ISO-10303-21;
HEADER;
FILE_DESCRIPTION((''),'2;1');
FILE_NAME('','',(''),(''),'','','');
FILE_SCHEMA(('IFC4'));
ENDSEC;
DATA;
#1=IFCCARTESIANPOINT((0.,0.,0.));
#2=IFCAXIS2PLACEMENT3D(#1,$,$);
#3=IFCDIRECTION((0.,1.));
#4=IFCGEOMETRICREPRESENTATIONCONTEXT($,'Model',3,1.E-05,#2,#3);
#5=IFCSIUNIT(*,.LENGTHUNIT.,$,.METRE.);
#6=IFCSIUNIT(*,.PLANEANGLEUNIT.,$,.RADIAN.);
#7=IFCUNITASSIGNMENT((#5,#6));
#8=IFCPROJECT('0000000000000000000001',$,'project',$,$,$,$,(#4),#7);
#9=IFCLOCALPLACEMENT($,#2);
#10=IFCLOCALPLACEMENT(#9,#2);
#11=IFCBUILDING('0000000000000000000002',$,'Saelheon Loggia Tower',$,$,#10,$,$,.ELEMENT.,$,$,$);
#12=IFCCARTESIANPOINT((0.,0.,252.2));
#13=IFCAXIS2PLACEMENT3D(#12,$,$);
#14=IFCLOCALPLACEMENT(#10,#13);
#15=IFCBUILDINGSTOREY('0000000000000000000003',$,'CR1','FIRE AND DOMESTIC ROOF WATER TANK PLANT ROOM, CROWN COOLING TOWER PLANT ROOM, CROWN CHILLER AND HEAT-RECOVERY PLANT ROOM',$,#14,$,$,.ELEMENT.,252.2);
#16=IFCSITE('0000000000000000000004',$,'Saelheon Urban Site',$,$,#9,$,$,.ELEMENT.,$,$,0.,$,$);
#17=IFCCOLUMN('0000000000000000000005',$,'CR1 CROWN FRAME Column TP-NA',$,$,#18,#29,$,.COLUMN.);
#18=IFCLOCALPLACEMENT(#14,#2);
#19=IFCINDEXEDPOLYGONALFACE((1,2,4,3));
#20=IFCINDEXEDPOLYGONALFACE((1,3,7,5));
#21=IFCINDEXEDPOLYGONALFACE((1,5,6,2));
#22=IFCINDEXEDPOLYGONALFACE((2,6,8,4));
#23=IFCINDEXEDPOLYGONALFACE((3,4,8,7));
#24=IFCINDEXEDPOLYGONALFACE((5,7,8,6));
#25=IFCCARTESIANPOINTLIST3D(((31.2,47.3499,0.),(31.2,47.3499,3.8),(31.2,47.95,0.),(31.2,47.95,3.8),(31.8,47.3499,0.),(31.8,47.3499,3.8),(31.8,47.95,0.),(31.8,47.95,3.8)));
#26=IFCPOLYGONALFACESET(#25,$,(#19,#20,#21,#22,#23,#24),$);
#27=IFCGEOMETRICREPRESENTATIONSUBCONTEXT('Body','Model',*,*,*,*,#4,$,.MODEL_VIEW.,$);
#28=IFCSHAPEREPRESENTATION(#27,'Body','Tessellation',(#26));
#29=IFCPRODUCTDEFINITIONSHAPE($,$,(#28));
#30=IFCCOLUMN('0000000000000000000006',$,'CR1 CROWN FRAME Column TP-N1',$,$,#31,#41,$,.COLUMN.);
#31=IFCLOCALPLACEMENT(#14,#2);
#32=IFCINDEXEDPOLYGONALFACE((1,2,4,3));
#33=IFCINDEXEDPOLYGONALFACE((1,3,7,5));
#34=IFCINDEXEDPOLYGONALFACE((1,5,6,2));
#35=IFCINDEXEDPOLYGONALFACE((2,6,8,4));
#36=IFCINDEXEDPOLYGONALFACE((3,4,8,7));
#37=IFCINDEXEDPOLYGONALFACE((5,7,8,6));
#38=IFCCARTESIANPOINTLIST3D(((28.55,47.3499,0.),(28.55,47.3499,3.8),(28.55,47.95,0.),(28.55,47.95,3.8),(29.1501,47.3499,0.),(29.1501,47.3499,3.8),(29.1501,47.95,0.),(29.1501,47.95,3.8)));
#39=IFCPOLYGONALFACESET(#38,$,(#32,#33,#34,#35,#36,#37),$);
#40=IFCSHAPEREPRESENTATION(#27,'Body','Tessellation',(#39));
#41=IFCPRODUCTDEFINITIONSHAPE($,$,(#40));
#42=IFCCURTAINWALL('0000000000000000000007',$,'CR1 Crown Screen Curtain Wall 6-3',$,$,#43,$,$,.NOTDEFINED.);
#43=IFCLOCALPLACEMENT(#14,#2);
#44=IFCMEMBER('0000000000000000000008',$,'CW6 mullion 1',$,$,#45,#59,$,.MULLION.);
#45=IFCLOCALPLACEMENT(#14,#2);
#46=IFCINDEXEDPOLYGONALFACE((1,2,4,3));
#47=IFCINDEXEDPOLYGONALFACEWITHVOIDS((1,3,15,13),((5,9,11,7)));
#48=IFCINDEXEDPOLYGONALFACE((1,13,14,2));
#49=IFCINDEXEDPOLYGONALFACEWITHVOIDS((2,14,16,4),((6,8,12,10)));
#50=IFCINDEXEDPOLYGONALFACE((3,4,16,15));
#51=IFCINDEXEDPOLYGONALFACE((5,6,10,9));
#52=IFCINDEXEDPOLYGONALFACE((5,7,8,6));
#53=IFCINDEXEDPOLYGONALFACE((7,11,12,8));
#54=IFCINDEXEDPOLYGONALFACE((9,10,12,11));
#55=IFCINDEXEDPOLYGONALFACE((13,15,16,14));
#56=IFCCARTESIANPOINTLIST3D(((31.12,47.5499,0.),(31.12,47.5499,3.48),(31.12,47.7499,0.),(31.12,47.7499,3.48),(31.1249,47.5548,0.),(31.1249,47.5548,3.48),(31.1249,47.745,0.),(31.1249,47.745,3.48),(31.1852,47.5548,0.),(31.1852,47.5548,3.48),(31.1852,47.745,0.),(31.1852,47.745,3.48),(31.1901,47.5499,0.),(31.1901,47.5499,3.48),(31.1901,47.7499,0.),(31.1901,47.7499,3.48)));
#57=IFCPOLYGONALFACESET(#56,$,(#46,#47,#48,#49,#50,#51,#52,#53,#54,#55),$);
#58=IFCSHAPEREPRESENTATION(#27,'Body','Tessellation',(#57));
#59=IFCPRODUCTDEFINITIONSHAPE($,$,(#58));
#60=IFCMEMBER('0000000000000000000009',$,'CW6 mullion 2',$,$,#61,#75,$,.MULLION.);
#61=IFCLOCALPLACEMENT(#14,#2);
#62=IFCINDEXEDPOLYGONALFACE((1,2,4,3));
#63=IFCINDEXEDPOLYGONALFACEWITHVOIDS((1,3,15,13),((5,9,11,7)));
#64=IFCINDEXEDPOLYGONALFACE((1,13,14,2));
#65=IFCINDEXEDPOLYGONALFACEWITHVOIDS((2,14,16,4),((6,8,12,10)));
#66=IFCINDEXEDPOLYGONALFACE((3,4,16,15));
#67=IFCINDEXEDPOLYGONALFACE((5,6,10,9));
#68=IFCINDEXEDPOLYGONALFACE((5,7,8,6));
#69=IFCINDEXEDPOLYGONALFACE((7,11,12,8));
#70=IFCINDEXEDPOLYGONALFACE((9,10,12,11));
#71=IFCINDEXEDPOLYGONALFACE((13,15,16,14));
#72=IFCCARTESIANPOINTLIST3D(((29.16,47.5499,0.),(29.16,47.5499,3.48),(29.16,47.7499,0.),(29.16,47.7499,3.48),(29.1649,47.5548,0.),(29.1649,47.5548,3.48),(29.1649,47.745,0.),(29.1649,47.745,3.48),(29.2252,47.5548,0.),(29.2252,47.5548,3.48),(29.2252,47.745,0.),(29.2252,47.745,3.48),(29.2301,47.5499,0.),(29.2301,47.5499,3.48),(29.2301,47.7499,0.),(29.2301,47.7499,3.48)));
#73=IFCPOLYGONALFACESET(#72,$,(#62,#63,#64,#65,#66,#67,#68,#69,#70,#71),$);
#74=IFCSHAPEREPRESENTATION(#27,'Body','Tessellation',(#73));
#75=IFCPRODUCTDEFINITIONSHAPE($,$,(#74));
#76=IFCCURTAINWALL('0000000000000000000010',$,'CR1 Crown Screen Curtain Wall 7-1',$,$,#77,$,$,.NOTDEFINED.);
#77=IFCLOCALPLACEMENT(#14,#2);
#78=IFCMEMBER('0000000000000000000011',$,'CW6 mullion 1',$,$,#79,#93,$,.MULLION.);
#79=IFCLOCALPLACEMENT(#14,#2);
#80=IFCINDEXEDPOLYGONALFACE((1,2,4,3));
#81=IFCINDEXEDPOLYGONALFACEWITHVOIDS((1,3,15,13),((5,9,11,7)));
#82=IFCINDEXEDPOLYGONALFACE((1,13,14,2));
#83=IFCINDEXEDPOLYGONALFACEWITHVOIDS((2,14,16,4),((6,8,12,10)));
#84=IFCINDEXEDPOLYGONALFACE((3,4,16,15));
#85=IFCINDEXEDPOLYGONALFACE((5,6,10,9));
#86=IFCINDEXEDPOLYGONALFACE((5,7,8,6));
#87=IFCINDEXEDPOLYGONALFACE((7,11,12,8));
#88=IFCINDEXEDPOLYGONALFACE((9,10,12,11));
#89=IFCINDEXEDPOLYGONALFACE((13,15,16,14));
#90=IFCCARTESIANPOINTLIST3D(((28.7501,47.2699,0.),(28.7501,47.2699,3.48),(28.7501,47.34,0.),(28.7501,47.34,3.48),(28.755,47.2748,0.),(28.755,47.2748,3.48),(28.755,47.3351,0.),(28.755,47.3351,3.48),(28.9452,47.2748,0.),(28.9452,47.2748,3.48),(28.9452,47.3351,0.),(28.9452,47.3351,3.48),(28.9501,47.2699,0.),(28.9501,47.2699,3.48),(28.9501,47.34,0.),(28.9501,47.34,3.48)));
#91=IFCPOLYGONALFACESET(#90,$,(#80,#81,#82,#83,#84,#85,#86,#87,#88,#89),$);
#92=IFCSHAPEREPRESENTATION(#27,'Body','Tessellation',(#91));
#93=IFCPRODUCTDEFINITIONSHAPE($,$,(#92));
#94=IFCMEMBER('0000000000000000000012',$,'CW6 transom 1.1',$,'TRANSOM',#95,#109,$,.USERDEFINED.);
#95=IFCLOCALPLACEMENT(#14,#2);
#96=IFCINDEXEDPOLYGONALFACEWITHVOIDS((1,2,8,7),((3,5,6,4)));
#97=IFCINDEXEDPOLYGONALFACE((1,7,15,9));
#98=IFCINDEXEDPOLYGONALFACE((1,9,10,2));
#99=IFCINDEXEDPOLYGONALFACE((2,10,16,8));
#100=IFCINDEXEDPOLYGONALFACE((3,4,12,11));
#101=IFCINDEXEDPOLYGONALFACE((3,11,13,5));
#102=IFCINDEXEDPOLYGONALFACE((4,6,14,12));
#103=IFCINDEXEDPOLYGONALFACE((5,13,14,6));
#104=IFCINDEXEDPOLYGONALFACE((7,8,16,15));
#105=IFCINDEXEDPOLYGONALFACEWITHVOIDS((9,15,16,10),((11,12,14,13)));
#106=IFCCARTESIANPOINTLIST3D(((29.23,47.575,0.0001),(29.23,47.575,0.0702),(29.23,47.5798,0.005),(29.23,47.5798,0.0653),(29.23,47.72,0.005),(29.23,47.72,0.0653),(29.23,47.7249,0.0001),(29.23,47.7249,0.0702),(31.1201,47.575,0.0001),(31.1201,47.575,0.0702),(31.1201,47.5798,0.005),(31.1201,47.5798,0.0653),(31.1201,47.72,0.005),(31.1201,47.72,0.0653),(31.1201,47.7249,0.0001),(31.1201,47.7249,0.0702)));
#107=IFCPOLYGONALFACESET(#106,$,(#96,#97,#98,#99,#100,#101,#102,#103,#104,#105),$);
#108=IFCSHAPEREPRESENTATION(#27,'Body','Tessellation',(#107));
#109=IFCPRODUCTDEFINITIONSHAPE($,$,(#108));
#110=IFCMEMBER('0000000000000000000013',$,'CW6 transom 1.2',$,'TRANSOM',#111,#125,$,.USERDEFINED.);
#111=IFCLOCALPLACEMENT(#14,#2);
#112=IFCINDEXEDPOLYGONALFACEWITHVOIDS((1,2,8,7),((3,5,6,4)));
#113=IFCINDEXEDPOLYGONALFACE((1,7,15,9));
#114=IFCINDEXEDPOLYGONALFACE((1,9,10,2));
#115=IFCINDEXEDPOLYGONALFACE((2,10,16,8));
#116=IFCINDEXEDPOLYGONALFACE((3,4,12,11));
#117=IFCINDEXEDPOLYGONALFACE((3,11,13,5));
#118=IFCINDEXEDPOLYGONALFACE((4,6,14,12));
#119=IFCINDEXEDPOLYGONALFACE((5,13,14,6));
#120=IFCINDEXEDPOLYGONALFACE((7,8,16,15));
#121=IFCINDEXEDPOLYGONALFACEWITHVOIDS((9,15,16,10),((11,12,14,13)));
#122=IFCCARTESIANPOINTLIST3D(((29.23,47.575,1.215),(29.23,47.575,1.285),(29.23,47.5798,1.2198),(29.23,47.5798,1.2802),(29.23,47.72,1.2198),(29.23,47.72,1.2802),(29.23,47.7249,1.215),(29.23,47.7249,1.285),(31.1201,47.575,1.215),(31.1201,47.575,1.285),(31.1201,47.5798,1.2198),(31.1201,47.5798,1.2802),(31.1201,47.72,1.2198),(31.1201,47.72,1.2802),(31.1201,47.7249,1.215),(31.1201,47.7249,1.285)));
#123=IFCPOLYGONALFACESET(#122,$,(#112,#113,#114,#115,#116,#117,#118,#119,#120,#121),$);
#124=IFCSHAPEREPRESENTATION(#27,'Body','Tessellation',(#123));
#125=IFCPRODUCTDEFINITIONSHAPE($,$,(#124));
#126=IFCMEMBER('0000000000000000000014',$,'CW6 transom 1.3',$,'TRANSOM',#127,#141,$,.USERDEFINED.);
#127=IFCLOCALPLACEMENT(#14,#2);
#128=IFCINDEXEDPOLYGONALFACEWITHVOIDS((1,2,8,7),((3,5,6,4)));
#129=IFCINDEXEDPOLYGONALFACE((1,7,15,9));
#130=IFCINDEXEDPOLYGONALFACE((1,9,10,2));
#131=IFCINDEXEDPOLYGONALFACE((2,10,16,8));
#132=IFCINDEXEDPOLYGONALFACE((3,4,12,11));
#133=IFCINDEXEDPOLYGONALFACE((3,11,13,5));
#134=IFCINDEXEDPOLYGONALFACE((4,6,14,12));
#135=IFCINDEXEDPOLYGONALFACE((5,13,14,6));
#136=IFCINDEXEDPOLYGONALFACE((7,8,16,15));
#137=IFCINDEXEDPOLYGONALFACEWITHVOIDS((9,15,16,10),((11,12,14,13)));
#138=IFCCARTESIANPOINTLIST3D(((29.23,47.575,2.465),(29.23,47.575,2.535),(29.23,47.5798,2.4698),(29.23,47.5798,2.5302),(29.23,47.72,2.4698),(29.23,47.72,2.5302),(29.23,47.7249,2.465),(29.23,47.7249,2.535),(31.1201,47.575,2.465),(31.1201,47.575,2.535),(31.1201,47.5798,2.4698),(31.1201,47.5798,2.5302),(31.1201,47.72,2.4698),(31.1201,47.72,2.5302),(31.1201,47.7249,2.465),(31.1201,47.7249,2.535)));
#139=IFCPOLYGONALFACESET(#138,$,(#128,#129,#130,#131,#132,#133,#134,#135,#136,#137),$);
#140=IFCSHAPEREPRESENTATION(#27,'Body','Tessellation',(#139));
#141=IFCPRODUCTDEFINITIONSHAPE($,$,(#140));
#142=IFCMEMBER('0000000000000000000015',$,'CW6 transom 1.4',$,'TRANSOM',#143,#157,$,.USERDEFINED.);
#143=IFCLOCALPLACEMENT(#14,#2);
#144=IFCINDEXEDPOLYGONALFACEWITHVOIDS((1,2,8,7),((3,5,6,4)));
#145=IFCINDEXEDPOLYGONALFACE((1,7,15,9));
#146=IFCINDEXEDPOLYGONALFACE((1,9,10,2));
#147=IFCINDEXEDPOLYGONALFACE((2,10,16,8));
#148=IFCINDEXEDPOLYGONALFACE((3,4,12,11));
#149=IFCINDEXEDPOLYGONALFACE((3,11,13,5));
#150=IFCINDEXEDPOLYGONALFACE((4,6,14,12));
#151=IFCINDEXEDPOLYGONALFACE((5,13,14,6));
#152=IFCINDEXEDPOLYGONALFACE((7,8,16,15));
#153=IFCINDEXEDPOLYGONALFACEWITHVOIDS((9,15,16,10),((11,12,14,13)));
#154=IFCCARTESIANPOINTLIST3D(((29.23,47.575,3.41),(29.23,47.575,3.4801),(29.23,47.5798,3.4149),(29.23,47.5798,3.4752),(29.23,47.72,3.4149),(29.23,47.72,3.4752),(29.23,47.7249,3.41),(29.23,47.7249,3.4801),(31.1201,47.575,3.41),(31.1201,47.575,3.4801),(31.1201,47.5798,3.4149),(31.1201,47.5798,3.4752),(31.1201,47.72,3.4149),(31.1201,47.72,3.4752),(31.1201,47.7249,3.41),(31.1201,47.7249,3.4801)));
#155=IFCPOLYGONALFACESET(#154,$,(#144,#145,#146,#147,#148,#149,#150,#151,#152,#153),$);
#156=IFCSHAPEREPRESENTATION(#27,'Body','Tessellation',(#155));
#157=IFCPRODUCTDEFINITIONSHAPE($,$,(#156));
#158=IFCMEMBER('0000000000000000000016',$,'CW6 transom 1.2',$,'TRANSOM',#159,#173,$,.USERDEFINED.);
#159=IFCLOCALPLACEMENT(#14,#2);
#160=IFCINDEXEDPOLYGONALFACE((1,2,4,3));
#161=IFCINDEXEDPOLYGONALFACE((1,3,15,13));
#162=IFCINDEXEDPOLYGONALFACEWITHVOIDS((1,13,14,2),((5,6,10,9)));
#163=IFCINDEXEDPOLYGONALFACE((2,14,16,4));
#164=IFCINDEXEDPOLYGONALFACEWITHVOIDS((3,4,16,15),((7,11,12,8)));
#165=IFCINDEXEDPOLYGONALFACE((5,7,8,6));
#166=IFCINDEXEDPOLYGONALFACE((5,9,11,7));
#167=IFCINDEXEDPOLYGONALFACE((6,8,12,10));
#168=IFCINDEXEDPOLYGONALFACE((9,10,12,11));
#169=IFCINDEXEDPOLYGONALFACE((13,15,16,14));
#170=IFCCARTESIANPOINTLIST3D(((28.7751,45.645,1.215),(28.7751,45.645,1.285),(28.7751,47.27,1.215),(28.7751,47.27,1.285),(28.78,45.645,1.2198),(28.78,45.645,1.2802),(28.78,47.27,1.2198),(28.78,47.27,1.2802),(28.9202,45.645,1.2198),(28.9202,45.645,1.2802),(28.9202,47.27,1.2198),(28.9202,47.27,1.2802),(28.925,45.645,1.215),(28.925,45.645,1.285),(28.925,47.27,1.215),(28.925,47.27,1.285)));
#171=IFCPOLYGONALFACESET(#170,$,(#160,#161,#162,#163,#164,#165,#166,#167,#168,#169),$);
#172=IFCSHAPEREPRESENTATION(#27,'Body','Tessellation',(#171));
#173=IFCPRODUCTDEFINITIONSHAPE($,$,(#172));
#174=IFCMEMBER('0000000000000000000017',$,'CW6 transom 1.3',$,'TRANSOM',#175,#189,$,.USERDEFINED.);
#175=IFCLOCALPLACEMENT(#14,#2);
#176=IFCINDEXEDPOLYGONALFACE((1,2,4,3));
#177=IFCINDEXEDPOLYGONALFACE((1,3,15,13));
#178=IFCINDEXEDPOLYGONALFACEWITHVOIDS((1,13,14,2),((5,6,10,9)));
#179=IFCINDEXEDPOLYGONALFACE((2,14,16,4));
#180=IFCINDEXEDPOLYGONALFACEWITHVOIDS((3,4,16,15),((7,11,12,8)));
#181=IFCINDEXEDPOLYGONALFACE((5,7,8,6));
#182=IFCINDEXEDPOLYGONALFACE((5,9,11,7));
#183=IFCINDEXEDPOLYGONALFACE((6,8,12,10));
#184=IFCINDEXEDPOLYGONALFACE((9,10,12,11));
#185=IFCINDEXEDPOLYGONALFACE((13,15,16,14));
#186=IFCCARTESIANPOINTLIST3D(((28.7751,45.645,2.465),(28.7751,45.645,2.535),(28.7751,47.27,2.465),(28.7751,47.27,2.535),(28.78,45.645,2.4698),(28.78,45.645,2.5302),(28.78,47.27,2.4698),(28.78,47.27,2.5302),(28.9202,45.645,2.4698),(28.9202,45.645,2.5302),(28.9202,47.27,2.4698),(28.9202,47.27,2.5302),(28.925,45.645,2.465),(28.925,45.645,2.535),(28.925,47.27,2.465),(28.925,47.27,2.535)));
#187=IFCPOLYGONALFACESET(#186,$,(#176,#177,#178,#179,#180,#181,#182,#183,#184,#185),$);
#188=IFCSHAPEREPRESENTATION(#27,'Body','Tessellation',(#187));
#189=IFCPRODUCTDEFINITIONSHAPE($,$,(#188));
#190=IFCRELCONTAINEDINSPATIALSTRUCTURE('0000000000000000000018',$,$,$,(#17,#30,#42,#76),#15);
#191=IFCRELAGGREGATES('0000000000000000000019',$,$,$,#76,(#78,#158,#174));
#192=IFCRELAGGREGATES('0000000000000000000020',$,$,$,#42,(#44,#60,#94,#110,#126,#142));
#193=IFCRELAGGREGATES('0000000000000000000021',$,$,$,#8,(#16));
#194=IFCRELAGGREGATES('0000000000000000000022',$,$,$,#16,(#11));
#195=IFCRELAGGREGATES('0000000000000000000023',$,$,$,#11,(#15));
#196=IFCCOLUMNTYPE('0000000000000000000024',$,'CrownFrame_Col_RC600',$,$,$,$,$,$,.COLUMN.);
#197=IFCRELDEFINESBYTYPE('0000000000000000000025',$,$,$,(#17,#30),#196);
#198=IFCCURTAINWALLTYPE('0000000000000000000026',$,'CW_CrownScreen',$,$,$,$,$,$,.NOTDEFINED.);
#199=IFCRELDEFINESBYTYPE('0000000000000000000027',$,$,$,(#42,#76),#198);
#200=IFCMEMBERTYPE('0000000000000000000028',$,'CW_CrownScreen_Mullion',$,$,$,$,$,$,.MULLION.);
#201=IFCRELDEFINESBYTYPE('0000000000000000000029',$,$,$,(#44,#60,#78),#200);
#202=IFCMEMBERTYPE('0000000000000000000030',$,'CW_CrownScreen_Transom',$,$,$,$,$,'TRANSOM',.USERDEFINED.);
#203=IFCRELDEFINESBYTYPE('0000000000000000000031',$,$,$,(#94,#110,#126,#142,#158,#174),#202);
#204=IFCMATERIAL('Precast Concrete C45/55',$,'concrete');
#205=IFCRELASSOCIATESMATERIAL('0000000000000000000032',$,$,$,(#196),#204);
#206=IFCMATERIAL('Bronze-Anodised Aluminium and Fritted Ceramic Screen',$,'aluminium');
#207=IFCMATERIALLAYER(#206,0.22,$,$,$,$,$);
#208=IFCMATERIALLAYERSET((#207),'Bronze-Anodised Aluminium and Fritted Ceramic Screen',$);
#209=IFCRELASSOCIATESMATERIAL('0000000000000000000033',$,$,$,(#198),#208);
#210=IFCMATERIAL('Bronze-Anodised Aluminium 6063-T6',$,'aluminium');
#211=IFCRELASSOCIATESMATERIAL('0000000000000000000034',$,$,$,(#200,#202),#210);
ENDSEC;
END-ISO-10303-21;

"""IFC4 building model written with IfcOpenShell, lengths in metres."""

from ifc_helpers import new_model, si_unit, direction, frame, origin, origin_2d, place, context, subcontext, project, spatial, rectangle, hollow_rectangle, extrude, source, transform, mapped, material, layer, layer_set, material_profile, profile_set, type_object, element, aggregate, save


model = new_model("IFC4")

# Units and contexts
model_context = context("Model", 3, precision=1e-05, world=origin(), true_north=direction((0.0, 1.0)))
body_context = subcontext(model_context, "Body", "Model", "MODEL_VIEW")
ifc_project = project(units=[si_unit("LENGTHUNIT", "METRE"), si_unit("PLANEANGLEUNIT", "RADIAN")], contexts=[model_context])

# Site, building, storey
site_placement = place(None, origin())
site = spatial("IfcSite", under=ifc_project, at=site_placement, Name="Saelheon Urban Site", CompositionType="ELEMENT", RefElevation=0.0)
building_placement = place(site_placement, origin())
building = spatial("IfcBuilding", under=site, at=building_placement, Name="Saelheon Loggia Tower", CompositionType="ELEMENT")
storey_placement = place(building_placement, frame((0.0, 0.0, 252.2)))
storey = spatial("IfcBuildingStorey", under=building, at=storey_placement, Name="CR1", Description="FIRE AND DOMESTIC ROOF WATER TANK PLANT ROOM, CROWN COOLING TOWER PLANT ROOM, CROWN CHILLER AND HEAT-RECOVERY PLANT ROOM", CompositionType="ELEMENT", Elevation=252.2)

# Columns
ifc_material_1 = material(Name="Precast Concrete C45/55", Category="concrete")
ifc_material_profile_1 = material_profile(ifc_material_1, rectangle(XDim=0.6001, YDim=0.6001, at=origin_2d()), Name="RC-600x600")
ifc_profile_set_1 = profile_set([ifc_material_profile_1], Name="Precast Concrete C45/55")
column_type = type_object("IfcColumnType", Name="CrownFrame_Col_RC600", PredefinedType="COLUMN", material=ifc_profile_set_1)
shared_shape_1 = source(origin(), body_context, "Body", "SweptSolid", [
    extrude(rectangle(XDim=0.6001, YDim=0.6001, at=origin_2d()), origin(), (0.0, 0.0, 1.0), 3.8),
])
for number, where, z_axis, x_axis, name in (
    (1, (31.5, 47.6499, 0.0), (0.0, 0.0, 1.0), (1.0, 0.0, 0.0), "CR1 CROWN FRAME Column TP-NA"),
    (2, (28.8501, 47.6499, 0.0), (0.0, 0.0, 1.0), (1.0, 0.0, 0.0), "CR1 CROWN FRAME Column TP-N1"),
):
    element("IfcColumn", number, at=place(storey_placement, frame(where, z_axis=z_axis, x_axis=x_axis)), inside=storey, type_object=column_type, Name=name, PredefinedType="COLUMN", context=body_context, shape_type="MappedRepresentation", body=[
        mapped(shared_shape_1, transform((0.0, 0.0, 0.0), scale=1.0)),
    ])

# Curtain wall, members
ifc_material_2 = material(Name="Bronze-Anodised Aluminium and Fritted Ceramic Screen", Category="aluminium")
ifc_layer_1 = layer(ifc_material_2, 0.22)
ifc_layer_set_1 = layer_set([ifc_layer_1], Name="Bronze-Anodised Aluminium and Fritted Ceramic Screen")
curtain_wall_type = type_object("IfcCurtainWallType", Name="CW_CrownScreen", PredefinedType="NOTDEFINED", material=ifc_layer_set_1)
curtain_wall_1_placement = place(storey_placement, origin())
curtain_wall_1 = element("IfcCurtainWall", 3, at=curtain_wall_1_placement, inside=storey, type_object=curtain_wall_type, Name="CR1 Crown Screen Curtain Wall 6-3", PredefinedType="NOTDEFINED")
ifc_material_3 = material(Name="Bronze-Anodised Aluminium 6063-T6", Category="aluminium")
ifc_material_profile_2 = material_profile(ifc_material_3, hollow_rectangle(XDim=0.0701, YDim=0.2, WallThickness=0.0049, at=origin_2d()), Name="RHS-200x70x5")
ifc_profile_set_2 = profile_set([ifc_material_profile_2], Name="Bronze-Anodised Aluminium 6063-T6")
member_type_1 = type_object("IfcMemberType", Name="CW_CrownScreen_Mullion", PredefinedType="MULLION", material=ifc_profile_set_2)
shared_shape_2 = source(origin(), body_context, "Body", "SweptSolid", [
    extrude(hollow_rectangle(XDim=0.0701, YDim=0.2, WallThickness=0.0049, at=origin_2d()), origin(), (0.0, 0.0, 1.0), 3.48),
])
member_1_placement = place(storey_placement, frame((31.155, 47.6499, 0.0), z_axis=(0.0, 0.0, 1.0), x_axis=(-1.0, 0.0, 0.0)))
member_1 = element("IfcMember", 4, at=member_1_placement, type_object=member_type_1, Name="CW6 mullion 1", PredefinedType="MULLION", context=body_context, shape_type="MappedRepresentation", body=[
    mapped(shared_shape_2, transform((0.0, 0.0, 0.0), scale=1.0)),
])
member_2_placement = place(storey_placement, frame((29.1951, 47.6499, 0.0), z_axis=(0.0, 0.0, 1.0), x_axis=(-1.0, 0.0, 0.0)))
member_2 = element("IfcMember", 5, at=member_2_placement, type_object=member_type_1, Name="CW6 mullion 2", PredefinedType="MULLION", context=body_context, shape_type="MappedRepresentation", body=[
    mapped(shared_shape_2, transform((0.0, 0.0, 0.0), scale=1.0)),
])

# Curtain wall, member
curtain_wall_2_placement = place(storey_placement, origin())
curtain_wall_2 = element("IfcCurtainWall", 6, at=curtain_wall_2_placement, inside=storey, type_object=curtain_wall_type, Name="CR1 Crown Screen Curtain Wall 7-1", PredefinedType="NOTDEFINED")
member_3_placement = place(storey_placement, frame((28.8501, 47.3049, 0.0), z_axis=(0.0, 0.0, 1.0), x_axis=(0.0, -1.0, 0.0)))
member_3 = element("IfcMember", 7, at=member_3_placement, type_object=member_type_1, Name="CW6 mullion 1", PredefinedType="MULLION", context=body_context, shape_type="MappedRepresentation", body=[
    mapped(shared_shape_2, transform((0.0, 0.0, 0.0), scale=1.0)),
])

# Members
ifc_material_profile_3 = material_profile(ifc_material_3, hollow_rectangle(XDim=0.0701, YDim=0.1499, WallThickness=0.0049, at=origin_2d()), Name="RHS-150x70x5")
ifc_profile_set_3 = profile_set([ifc_material_profile_3], Name="Bronze-Anodised Aluminium 6063-T6")
member_type_2 = type_object("IfcMemberType", Name="CW_CrownScreen_Transom", ElementType="TRANSOM", PredefinedType="USERDEFINED", material=ifc_profile_set_3)
shared_shape_3 = source(origin(), body_context, "Body", "SweptSolid", [
    extrude(hollow_rectangle(XDim=0.0701, YDim=0.1499, WallThickness=0.0049, at=origin_2d()), origin(), (0.0, 0.0, 1.0), 1.8901),
])
member_4_placement = place(storey_placement, frame((31.1201, 47.6499, 0.0352), z_axis=(-1.0, 0.0, 0.0), x_axis=(0.0, 0.0, 1.0)))
member_4 = element("IfcMember", 8, at=member_4_placement, type_object=member_type_2, Name="CW6 transom 1.1", ObjectType="TRANSOM", PredefinedType="USERDEFINED", context=body_context, shape_type="MappedRepresentation", body=[
    mapped(shared_shape_3, transform((0.0, 0.0, 0.0), scale=1.0)),
])
member_5_placement = place(storey_placement, frame((31.1201, 47.6499, 1.25), z_axis=(-1.0, 0.0, 0.0), x_axis=(0.0, 0.0, 1.0)))
member_5 = element("IfcMember", 9, at=member_5_placement, type_object=member_type_2, Name="CW6 transom 1.2", ObjectType="TRANSOM", PredefinedType="USERDEFINED", context=body_context, shape_type="MappedRepresentation", body=[
    mapped(shared_shape_3, transform((0.0, 0.0, 0.0), scale=1.0)),
])
member_6_placement = place(storey_placement, frame((31.1201, 47.6499, 2.5), z_axis=(-1.0, 0.0, 0.0), x_axis=(0.0, 0.0, 1.0)))
member_6 = element("IfcMember", 10, at=member_6_placement, type_object=member_type_2, Name="CW6 transom 1.3", ObjectType="TRANSOM", PredefinedType="USERDEFINED", context=body_context, shape_type="MappedRepresentation", body=[
    mapped(shared_shape_3, transform((0.0, 0.0, 0.0), scale=1.0)),
])
member_7_placement = place(storey_placement, frame((31.1201, 47.6499, 3.4451), z_axis=(-1.0, 0.0, 0.0), x_axis=(0.0, 0.0, 1.0)))
member_7 = element("IfcMember", 11, at=member_7_placement, type_object=member_type_2, Name="CW6 transom 1.4", ObjectType="TRANSOM", PredefinedType="USERDEFINED", context=body_context, shape_type="MappedRepresentation", body=[
    mapped(shared_shape_3, transform((0.0, 0.0, 0.0), scale=1.0)),
])
shared_shape_4 = source(origin(), body_context, "Body", "SweptSolid", [
    extrude(hollow_rectangle(XDim=0.0701, YDim=0.1499, WallThickness=0.0049, at=origin_2d()), origin(), (0.0, 0.0, 1.0), 1.625),
])
member_8_placement = place(storey_placement, frame((28.8501, 47.27, 1.25), z_axis=(0.0, -1.0, 0.0), x_axis=(0.0, 0.0, 1.0)))
member_8 = element("IfcMember", 12, at=member_8_placement, type_object=member_type_2, Name="CW6 transom 1.2", ObjectType="TRANSOM", PredefinedType="USERDEFINED", context=body_context, shape_type="MappedRepresentation", body=[
    mapped(shared_shape_4, transform((0.0, 0.0, 0.0), scale=1.0)),
])
member_9_placement = place(storey_placement, frame((28.8501, 47.27, 2.5), z_axis=(0.0, -1.0, 0.0), x_axis=(0.0, 0.0, 1.0)))
member_9 = element("IfcMember", 13, at=member_9_placement, type_object=member_type_2, Name="CW6 transom 1.3", ObjectType="TRANSOM", PredefinedType="USERDEFINED", context=body_context, shape_type="MappedRepresentation", body=[
    mapped(shared_shape_4, transform((0.0, 0.0, 0.0), scale=1.0)),
])
aggregate(curtain_wall_2, [member_3, member_8, member_9])

aggregate(curtain_wall_1, [member_1, member_2, member_4, member_5, member_6, member_7])

save(model, "model.ifc")
